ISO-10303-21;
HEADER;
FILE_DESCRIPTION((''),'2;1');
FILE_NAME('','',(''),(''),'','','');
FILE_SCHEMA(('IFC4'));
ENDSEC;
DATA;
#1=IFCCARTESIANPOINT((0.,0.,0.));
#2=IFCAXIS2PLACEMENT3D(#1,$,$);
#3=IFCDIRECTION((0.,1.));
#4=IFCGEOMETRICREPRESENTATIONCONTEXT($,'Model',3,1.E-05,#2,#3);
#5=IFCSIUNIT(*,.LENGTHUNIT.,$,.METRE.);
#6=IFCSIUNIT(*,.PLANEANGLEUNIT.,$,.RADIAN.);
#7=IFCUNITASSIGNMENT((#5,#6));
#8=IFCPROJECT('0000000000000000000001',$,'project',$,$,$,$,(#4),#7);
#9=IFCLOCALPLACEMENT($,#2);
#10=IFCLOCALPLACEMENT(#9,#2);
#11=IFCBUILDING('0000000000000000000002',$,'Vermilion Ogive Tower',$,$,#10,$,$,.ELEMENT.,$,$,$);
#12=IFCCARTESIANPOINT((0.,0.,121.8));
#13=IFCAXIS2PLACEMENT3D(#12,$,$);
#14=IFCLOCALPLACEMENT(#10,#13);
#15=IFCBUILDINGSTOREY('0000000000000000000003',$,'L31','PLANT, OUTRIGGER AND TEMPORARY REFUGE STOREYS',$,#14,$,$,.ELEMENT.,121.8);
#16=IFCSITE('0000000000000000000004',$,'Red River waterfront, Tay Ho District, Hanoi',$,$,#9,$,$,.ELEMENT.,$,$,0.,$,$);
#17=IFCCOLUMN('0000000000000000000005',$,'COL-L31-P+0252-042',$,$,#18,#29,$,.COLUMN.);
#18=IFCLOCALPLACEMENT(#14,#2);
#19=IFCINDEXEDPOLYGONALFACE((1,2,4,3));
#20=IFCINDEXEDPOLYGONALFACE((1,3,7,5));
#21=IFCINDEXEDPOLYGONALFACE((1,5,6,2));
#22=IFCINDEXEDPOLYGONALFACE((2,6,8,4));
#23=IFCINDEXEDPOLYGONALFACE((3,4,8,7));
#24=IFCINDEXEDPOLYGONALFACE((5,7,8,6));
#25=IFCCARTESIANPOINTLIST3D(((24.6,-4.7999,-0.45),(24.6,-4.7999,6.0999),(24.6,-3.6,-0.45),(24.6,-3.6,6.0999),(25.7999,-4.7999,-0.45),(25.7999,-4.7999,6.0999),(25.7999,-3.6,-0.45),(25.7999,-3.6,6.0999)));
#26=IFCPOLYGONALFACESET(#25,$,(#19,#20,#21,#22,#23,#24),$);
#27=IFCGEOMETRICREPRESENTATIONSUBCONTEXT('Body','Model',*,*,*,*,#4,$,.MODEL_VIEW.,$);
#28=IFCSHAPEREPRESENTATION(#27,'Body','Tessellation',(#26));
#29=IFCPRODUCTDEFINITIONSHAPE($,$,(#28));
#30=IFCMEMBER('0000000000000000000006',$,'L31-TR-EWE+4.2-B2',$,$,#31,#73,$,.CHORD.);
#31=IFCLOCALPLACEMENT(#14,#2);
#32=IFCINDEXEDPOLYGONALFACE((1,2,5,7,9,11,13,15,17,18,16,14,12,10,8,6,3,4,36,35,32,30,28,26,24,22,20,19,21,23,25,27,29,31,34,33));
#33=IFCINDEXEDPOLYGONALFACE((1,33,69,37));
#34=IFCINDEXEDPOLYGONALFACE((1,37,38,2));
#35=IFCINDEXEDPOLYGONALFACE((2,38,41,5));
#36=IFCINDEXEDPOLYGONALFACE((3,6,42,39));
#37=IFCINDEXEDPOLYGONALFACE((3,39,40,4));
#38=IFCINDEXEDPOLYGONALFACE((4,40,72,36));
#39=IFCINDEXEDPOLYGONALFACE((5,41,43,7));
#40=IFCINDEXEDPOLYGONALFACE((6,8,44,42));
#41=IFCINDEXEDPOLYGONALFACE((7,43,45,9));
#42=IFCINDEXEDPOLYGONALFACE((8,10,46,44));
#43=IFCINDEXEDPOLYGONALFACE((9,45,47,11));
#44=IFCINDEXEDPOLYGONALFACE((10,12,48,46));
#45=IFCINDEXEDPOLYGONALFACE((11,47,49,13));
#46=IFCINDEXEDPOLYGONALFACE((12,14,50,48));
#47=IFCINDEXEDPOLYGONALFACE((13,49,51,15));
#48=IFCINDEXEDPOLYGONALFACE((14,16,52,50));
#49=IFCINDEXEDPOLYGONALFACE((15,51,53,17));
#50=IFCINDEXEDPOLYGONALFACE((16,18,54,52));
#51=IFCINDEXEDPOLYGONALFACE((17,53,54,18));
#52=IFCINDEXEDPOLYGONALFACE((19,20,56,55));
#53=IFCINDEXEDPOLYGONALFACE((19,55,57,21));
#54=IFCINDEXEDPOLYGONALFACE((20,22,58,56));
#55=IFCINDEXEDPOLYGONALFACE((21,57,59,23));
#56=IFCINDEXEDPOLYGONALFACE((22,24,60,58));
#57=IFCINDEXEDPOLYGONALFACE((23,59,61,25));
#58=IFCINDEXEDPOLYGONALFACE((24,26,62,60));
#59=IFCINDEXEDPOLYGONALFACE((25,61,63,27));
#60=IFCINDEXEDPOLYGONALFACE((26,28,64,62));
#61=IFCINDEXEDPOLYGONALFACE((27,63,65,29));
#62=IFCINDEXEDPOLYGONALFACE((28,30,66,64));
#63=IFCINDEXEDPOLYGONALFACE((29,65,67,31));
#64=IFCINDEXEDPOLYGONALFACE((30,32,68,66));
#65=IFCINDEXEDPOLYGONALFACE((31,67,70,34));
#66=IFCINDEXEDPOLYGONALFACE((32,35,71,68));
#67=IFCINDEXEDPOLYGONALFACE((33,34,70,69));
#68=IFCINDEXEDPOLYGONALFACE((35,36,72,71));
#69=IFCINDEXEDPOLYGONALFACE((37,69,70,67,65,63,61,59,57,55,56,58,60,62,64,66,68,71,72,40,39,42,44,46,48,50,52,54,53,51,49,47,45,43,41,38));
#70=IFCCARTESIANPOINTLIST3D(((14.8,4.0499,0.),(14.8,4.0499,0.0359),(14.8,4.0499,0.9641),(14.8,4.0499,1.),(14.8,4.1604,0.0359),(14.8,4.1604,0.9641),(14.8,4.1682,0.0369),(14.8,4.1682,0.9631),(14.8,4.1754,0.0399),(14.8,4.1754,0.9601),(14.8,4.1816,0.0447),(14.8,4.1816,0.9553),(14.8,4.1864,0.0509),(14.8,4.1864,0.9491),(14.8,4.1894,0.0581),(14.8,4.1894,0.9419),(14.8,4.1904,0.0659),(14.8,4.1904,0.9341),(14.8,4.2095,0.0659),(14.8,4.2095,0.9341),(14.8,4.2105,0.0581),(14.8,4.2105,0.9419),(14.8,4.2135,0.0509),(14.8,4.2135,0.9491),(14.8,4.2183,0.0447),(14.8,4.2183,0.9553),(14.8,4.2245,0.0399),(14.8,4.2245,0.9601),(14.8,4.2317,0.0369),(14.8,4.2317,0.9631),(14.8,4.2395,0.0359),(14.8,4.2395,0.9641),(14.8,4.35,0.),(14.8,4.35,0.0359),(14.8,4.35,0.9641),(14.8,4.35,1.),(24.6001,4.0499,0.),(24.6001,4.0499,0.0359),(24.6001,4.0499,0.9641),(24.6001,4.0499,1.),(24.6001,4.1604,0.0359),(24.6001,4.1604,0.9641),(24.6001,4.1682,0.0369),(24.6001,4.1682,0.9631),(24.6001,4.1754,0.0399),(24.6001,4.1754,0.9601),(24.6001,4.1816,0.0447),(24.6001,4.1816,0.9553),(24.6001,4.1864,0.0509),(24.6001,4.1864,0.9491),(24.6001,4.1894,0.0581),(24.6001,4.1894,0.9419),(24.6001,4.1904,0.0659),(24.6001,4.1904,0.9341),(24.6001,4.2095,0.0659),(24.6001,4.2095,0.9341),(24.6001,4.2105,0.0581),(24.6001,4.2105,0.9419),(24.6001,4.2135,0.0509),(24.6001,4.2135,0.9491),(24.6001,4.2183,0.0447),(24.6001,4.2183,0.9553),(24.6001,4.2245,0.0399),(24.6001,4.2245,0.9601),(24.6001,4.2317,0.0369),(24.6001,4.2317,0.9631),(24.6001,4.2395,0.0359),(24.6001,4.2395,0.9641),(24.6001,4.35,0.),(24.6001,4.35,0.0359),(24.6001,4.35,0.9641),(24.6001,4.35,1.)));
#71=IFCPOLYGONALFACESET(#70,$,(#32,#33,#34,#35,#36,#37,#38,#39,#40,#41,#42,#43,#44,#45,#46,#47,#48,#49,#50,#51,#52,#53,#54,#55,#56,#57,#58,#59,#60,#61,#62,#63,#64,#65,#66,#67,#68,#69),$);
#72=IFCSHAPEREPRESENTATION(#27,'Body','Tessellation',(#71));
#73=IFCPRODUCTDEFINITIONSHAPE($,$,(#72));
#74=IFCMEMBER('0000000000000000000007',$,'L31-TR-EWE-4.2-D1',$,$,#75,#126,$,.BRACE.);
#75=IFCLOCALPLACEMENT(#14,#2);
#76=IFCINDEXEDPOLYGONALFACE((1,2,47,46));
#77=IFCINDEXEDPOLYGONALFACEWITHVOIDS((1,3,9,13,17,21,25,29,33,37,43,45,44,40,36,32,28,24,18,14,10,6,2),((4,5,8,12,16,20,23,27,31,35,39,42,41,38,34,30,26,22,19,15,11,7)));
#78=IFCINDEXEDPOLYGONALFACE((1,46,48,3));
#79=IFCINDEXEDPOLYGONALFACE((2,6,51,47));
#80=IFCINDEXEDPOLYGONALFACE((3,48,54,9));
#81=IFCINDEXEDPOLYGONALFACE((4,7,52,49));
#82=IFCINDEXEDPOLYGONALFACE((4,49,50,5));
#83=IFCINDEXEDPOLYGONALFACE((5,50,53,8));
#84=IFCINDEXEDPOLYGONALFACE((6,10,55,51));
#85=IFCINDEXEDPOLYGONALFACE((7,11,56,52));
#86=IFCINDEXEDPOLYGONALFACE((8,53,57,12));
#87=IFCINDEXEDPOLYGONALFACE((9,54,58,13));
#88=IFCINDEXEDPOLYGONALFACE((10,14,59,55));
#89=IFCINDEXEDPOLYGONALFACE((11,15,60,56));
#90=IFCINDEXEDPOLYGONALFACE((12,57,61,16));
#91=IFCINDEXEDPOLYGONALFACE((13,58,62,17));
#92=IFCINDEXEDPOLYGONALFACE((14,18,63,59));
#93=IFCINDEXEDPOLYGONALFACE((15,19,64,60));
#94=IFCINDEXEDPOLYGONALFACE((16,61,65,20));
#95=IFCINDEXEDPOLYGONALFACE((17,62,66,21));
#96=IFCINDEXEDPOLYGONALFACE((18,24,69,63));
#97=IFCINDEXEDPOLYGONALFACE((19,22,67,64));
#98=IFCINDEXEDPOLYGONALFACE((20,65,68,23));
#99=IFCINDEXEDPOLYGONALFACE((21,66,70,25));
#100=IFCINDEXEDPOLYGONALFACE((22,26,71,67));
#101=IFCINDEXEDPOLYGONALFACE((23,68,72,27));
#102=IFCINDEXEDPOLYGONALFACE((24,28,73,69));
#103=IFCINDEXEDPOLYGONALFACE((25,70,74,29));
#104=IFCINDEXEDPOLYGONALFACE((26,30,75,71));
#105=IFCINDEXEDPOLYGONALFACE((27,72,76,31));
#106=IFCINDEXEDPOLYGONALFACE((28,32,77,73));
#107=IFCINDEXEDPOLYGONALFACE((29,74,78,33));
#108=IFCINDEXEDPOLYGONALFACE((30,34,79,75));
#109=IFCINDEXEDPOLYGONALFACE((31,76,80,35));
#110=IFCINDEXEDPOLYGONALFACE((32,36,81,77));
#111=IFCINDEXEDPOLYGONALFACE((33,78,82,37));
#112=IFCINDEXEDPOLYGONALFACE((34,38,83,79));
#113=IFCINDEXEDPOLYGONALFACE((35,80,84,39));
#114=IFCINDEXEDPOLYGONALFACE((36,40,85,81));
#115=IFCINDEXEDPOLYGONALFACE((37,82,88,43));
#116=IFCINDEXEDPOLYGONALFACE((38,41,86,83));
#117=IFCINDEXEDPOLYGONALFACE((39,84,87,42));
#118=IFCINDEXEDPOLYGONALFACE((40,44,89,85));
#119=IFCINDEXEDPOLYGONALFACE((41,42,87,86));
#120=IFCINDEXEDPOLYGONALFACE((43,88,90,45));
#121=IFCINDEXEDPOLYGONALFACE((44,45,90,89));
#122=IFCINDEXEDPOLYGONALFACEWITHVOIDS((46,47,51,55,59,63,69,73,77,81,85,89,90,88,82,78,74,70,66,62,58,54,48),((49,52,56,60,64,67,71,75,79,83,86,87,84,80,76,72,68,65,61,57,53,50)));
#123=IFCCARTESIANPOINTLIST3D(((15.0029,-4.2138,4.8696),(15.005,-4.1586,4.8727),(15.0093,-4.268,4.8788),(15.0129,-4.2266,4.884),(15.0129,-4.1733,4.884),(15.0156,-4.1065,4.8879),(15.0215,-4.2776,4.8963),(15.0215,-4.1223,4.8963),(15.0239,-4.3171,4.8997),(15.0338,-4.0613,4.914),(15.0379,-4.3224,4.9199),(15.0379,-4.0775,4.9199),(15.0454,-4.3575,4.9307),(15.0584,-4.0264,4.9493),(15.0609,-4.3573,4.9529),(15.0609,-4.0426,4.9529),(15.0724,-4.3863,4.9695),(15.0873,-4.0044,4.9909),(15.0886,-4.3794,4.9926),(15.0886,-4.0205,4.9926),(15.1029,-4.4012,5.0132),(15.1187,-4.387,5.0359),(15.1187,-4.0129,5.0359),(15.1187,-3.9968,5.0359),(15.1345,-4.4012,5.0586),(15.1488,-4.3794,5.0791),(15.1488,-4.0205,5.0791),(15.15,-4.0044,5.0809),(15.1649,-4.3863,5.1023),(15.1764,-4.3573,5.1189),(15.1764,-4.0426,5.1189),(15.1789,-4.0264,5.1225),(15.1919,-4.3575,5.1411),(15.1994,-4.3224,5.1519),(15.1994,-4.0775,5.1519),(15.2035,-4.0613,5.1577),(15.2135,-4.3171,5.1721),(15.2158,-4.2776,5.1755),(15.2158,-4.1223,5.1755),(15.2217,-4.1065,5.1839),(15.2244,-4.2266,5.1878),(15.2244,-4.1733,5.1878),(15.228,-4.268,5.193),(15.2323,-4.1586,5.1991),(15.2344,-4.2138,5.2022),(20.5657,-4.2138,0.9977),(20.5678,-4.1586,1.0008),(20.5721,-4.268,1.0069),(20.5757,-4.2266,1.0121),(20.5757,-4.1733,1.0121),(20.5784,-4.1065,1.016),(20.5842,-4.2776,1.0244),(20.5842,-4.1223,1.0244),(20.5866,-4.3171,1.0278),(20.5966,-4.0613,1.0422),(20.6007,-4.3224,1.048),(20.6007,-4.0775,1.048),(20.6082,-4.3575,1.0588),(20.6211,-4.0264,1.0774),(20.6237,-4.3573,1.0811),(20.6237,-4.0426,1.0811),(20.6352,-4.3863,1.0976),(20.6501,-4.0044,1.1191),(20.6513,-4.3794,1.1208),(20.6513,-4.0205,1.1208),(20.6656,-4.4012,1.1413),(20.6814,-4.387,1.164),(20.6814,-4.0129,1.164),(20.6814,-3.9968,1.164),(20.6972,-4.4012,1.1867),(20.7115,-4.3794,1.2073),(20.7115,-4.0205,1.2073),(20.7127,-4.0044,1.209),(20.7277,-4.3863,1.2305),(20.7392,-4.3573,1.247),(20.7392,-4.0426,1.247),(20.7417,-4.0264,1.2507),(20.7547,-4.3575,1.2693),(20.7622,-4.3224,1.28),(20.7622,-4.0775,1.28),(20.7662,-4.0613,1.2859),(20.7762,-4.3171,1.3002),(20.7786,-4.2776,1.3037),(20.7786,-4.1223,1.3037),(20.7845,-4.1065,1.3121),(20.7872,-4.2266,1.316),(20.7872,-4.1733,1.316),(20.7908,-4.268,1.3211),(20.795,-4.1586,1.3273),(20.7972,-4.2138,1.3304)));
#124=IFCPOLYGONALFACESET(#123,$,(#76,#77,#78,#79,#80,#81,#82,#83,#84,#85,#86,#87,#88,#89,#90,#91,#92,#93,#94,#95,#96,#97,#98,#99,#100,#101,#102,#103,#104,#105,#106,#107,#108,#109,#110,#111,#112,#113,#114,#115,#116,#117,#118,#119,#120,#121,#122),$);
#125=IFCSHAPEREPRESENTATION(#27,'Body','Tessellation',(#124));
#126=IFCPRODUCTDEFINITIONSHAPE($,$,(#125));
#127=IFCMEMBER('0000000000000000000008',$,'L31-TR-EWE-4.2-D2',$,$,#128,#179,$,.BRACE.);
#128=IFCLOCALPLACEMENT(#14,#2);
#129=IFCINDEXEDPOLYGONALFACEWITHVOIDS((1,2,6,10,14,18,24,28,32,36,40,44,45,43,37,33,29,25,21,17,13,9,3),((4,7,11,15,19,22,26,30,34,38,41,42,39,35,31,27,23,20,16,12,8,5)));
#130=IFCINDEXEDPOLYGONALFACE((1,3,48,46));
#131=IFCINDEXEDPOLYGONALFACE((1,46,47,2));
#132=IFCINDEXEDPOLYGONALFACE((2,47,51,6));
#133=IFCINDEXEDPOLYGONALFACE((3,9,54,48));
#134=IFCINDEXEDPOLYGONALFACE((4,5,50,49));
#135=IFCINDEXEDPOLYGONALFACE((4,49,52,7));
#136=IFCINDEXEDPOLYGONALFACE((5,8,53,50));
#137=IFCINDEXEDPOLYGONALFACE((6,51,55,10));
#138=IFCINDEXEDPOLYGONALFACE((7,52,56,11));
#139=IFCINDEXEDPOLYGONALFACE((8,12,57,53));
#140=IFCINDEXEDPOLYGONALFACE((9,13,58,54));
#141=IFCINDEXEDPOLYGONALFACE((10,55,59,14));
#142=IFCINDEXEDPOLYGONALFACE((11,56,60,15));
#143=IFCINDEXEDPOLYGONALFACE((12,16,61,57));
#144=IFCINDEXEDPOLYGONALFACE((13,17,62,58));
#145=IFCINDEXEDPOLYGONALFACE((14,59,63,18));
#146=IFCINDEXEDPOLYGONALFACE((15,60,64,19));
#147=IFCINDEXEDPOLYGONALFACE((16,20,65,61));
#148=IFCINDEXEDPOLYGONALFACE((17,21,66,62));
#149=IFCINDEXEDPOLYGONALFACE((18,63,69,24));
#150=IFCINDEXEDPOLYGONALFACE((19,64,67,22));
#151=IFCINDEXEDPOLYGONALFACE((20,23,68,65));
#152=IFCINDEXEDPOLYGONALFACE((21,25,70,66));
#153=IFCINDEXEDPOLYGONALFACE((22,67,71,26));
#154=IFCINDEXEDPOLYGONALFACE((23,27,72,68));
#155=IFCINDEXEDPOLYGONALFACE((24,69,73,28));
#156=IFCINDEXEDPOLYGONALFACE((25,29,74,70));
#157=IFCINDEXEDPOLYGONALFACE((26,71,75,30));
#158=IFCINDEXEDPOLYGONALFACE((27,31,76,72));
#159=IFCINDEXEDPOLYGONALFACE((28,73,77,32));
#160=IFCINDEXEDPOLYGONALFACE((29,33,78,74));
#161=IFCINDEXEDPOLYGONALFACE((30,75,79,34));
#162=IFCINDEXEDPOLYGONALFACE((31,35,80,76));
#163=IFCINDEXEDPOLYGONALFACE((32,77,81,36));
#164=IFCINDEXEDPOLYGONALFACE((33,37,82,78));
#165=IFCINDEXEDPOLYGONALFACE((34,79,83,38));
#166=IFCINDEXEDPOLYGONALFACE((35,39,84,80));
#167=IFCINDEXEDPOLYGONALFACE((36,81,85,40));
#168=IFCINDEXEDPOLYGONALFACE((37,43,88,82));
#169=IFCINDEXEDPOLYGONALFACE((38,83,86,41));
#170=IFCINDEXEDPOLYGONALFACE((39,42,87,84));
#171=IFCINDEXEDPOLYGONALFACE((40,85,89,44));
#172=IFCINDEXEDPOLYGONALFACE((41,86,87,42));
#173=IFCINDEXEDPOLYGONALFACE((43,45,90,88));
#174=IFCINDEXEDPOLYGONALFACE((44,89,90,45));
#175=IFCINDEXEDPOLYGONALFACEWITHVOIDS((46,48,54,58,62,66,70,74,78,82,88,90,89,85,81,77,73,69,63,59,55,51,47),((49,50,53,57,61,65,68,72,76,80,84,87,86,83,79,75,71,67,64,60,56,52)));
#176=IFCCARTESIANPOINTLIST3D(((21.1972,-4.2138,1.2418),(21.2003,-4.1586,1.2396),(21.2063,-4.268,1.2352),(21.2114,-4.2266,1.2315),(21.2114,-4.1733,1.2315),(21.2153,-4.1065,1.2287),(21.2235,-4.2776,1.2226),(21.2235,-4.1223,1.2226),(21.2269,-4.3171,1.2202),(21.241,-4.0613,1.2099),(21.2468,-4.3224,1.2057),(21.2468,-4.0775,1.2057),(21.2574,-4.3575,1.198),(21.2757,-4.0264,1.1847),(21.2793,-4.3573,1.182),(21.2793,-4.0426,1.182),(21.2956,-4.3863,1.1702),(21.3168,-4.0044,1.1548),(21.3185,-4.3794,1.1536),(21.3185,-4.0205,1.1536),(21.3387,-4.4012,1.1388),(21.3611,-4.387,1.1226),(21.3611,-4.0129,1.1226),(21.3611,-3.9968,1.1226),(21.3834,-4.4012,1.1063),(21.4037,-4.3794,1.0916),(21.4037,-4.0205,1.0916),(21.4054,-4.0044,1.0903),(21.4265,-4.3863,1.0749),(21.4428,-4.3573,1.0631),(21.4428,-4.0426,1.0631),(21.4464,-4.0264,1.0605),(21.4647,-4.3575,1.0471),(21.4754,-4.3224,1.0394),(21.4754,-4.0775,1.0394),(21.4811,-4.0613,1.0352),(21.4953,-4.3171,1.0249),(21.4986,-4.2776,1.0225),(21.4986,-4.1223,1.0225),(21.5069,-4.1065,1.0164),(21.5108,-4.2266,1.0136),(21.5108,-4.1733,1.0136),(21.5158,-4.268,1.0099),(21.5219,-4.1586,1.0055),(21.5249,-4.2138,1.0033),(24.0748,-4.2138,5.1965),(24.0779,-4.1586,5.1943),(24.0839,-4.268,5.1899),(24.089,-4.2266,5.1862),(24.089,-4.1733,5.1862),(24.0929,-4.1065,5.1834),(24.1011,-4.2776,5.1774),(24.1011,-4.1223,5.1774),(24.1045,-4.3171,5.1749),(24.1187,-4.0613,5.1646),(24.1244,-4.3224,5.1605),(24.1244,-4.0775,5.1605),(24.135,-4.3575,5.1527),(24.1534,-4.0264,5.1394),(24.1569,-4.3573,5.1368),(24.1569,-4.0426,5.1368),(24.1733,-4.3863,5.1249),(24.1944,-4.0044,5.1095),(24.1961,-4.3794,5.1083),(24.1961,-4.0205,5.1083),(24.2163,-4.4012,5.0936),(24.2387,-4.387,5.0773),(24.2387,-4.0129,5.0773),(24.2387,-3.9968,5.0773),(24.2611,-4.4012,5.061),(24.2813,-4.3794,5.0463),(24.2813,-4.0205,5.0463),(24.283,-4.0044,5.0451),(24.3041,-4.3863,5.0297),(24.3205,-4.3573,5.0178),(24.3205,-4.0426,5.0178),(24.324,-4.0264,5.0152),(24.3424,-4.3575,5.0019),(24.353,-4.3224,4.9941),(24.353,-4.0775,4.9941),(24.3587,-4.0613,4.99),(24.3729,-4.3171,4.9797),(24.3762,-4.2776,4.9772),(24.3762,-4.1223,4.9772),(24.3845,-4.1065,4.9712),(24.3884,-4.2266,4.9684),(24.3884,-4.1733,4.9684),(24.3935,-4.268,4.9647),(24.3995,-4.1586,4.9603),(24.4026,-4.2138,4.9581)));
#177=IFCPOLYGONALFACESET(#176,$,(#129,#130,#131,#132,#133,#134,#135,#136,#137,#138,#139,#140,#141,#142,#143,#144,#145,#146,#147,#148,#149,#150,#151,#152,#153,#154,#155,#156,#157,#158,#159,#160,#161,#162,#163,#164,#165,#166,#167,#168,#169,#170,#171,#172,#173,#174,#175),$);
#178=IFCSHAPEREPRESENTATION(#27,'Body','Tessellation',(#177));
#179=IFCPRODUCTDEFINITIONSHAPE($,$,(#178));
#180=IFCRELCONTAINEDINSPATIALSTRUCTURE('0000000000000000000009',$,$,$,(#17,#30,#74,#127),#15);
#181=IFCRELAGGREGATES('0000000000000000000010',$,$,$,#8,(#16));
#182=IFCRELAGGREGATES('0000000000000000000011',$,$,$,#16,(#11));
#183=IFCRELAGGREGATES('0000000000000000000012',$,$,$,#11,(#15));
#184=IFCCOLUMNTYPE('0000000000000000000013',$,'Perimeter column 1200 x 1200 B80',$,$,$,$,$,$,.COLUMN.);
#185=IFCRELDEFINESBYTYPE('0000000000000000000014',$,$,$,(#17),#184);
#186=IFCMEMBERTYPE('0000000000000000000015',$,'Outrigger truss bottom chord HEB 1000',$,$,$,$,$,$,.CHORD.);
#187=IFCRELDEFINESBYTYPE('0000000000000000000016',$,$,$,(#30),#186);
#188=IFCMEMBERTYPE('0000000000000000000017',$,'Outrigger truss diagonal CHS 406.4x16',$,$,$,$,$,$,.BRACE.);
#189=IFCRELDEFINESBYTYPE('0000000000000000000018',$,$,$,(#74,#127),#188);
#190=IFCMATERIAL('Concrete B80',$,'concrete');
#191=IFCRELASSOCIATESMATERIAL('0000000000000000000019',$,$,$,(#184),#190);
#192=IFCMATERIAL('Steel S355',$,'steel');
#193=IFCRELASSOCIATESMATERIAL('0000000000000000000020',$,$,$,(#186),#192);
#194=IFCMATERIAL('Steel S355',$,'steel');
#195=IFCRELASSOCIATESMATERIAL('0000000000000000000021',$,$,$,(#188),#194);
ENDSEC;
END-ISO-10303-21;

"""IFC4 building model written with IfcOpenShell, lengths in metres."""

from ifc_helpers import new_model, si_unit, direction, frame, origin, origin_2d, place, context, subcontext, project, spatial, rectangle, hollow_circle, i_section, extrude, material, material_profile, profile_set, type_object, element, save


model = new_model("IFC4")

# Units and contexts
model_context = context("Model", 3, precision=1e-05, world=origin(), true_north=direction((0.0, 1.0)))
body_context = subcontext(model_context, "Body", "Model", "MODEL_VIEW")
ifc_project = project(units=[si_unit("LENGTHUNIT", "METRE"), si_unit("PLANEANGLEUNIT", "RADIAN")], contexts=[model_context])

# Site, building, storey
site_placement = place(None, origin())
site = spatial("IfcSite", under=ifc_project, at=site_placement, Name="Red River waterfront, Tay Ho District, Hanoi", CompositionType="ELEMENT", RefElevation=0.0)
building_placement = place(site_placement, origin())
building = spatial("IfcBuilding", under=site, at=building_placement, Name="Vermilion Ogive Tower", CompositionType="ELEMENT")
storey_placement = place(building_placement, frame((0.0, 0.0, 121.8)))
storey = spatial("IfcBuildingStorey", under=building, at=storey_placement, Name="L31", Description="PLANT, OUTRIGGER AND TEMPORARY REFUGE STOREYS", CompositionType="ELEMENT", Elevation=121.8)

# Column
ifc_material_1 = material(Name="Concrete B80", Category="concrete")
ifc_material_profile_1 = material_profile(ifc_material_1, rectangle(XDim=1.2, YDim=1.2, at=origin_2d()), Name="1200 x 1200")
ifc_profile_set_1 = profile_set([ifc_material_profile_1], Name="Concrete B80")
column_type = type_object("IfcColumnType", Name="Perimeter column 1200 x 1200 B80", PredefinedType="COLUMN", material=ifc_profile_set_1)
column_placement = place(storey_placement, frame((25.2, -4.2, -0.45), z_axis=(0.0, 0.0, 1.0), x_axis=(1.0, 0.0, 0.0)))
element("IfcColumn", 1, at=column_placement, inside=storey, type_object=column_type, Name="COL-L31-P+0252-042", PredefinedType="COLUMN", context=body_context, shape_type="SweptSolid", body=[
    extrude(rectangle(XDim=1.2, YDim=1.2, at=origin_2d()), origin(), (0.0, 0.0, 1.0), 6.5498),
])

# Members
ifc_material_2 = material(Name="Steel S355", Category="steel")
ifc_material_profile_2 = material_profile(ifc_material_2, i_section(OverallWidth=0.3, OverallDepth=1.0, WebThickness=0.019, FlangeThickness=0.0359, FilletRadius=0.03, at=origin_2d()), Name="HEB 1000")
ifc_profile_set_2 = profile_set([ifc_material_profile_2], Name="Steel S355")
member_type_1 = type_object("IfcMemberType", Name="Outrigger truss bottom chord HEB 1000", PredefinedType="CHORD", material=ifc_profile_set_2)
member_1_placement = place(storey_placement, frame((14.8, 4.2, 0.5), z_axis=(1.0, 0.0, 0.0), x_axis=(0.0, 1.0, 0.0)))
element("IfcMember", 2, at=member_1_placement, inside=storey, type_object=member_type_1, Name="L31-TR-EWE+4.2-B2", PredefinedType="CHORD", context=body_context, shape_type="SweptSolid", body=[
    extrude(i_section(OverallWidth=0.3, OverallDepth=1.0, WebThickness=0.019, FlangeThickness=0.0359, FilletRadius=0.03, at=origin_2d()), origin(), (0.0, 0.0, 1.0), 9.8),
])
ifc_material_3 = material(Name="Steel S355", Category="steel")
ifc_material_profile_3 = material_profile(ifc_material_3, hollow_circle(Radius=0.2031, WallThickness=0.0161, at=origin_2d()), Name="CHS 406.4x16")
ifc_profile_set_3 = profile_set([ifc_material_profile_3], Name="Steel S355")
member_type_2 = type_object("IfcMemberType", Name="Outrigger truss diagonal CHS 406.4x16", PredefinedType="BRACE", material=ifc_profile_set_3)
member_2_placement = place(storey_placement, frame((15.1187, -4.2, 5.0359), z_axis=(0.820761, 0.0, -0.571272), x_axis=(0.0, 1.0, 0.0)))
element("IfcMember", 3, at=member_2_placement, inside=storey, type_object=member_type_2, Name="L31-TR-EWE-4.2-D1", PredefinedType="BRACE", context=body_context, shape_type="SweptSolid", body=[
    extrude(hollow_circle(Radius=0.2031, WallThickness=0.0161, at=origin_2d()), origin(), (0.0, 0.0, 1.0), 6.7776),
])
member_3_placement = place(storey_placement, frame((21.3611, -4.2, 1.1226), z_axis=(0.588365, 0.0, 0.808596), x_axis=(0.0, 1.0, 0.0)))
element("IfcMember", 4, at=member_3_placement, inside=storey, type_object=member_type_2, Name="L31-TR-EWE-4.2-D2", PredefinedType="BRACE", context=body_context, shape_type="SweptSolid", body=[
    extrude(hollow_circle(Radius=0.2031, WallThickness=0.0161, at=origin_2d()), origin(), (0.0, 0.0, 1.0), 4.8909),
])

save(model, "model.ifc")
